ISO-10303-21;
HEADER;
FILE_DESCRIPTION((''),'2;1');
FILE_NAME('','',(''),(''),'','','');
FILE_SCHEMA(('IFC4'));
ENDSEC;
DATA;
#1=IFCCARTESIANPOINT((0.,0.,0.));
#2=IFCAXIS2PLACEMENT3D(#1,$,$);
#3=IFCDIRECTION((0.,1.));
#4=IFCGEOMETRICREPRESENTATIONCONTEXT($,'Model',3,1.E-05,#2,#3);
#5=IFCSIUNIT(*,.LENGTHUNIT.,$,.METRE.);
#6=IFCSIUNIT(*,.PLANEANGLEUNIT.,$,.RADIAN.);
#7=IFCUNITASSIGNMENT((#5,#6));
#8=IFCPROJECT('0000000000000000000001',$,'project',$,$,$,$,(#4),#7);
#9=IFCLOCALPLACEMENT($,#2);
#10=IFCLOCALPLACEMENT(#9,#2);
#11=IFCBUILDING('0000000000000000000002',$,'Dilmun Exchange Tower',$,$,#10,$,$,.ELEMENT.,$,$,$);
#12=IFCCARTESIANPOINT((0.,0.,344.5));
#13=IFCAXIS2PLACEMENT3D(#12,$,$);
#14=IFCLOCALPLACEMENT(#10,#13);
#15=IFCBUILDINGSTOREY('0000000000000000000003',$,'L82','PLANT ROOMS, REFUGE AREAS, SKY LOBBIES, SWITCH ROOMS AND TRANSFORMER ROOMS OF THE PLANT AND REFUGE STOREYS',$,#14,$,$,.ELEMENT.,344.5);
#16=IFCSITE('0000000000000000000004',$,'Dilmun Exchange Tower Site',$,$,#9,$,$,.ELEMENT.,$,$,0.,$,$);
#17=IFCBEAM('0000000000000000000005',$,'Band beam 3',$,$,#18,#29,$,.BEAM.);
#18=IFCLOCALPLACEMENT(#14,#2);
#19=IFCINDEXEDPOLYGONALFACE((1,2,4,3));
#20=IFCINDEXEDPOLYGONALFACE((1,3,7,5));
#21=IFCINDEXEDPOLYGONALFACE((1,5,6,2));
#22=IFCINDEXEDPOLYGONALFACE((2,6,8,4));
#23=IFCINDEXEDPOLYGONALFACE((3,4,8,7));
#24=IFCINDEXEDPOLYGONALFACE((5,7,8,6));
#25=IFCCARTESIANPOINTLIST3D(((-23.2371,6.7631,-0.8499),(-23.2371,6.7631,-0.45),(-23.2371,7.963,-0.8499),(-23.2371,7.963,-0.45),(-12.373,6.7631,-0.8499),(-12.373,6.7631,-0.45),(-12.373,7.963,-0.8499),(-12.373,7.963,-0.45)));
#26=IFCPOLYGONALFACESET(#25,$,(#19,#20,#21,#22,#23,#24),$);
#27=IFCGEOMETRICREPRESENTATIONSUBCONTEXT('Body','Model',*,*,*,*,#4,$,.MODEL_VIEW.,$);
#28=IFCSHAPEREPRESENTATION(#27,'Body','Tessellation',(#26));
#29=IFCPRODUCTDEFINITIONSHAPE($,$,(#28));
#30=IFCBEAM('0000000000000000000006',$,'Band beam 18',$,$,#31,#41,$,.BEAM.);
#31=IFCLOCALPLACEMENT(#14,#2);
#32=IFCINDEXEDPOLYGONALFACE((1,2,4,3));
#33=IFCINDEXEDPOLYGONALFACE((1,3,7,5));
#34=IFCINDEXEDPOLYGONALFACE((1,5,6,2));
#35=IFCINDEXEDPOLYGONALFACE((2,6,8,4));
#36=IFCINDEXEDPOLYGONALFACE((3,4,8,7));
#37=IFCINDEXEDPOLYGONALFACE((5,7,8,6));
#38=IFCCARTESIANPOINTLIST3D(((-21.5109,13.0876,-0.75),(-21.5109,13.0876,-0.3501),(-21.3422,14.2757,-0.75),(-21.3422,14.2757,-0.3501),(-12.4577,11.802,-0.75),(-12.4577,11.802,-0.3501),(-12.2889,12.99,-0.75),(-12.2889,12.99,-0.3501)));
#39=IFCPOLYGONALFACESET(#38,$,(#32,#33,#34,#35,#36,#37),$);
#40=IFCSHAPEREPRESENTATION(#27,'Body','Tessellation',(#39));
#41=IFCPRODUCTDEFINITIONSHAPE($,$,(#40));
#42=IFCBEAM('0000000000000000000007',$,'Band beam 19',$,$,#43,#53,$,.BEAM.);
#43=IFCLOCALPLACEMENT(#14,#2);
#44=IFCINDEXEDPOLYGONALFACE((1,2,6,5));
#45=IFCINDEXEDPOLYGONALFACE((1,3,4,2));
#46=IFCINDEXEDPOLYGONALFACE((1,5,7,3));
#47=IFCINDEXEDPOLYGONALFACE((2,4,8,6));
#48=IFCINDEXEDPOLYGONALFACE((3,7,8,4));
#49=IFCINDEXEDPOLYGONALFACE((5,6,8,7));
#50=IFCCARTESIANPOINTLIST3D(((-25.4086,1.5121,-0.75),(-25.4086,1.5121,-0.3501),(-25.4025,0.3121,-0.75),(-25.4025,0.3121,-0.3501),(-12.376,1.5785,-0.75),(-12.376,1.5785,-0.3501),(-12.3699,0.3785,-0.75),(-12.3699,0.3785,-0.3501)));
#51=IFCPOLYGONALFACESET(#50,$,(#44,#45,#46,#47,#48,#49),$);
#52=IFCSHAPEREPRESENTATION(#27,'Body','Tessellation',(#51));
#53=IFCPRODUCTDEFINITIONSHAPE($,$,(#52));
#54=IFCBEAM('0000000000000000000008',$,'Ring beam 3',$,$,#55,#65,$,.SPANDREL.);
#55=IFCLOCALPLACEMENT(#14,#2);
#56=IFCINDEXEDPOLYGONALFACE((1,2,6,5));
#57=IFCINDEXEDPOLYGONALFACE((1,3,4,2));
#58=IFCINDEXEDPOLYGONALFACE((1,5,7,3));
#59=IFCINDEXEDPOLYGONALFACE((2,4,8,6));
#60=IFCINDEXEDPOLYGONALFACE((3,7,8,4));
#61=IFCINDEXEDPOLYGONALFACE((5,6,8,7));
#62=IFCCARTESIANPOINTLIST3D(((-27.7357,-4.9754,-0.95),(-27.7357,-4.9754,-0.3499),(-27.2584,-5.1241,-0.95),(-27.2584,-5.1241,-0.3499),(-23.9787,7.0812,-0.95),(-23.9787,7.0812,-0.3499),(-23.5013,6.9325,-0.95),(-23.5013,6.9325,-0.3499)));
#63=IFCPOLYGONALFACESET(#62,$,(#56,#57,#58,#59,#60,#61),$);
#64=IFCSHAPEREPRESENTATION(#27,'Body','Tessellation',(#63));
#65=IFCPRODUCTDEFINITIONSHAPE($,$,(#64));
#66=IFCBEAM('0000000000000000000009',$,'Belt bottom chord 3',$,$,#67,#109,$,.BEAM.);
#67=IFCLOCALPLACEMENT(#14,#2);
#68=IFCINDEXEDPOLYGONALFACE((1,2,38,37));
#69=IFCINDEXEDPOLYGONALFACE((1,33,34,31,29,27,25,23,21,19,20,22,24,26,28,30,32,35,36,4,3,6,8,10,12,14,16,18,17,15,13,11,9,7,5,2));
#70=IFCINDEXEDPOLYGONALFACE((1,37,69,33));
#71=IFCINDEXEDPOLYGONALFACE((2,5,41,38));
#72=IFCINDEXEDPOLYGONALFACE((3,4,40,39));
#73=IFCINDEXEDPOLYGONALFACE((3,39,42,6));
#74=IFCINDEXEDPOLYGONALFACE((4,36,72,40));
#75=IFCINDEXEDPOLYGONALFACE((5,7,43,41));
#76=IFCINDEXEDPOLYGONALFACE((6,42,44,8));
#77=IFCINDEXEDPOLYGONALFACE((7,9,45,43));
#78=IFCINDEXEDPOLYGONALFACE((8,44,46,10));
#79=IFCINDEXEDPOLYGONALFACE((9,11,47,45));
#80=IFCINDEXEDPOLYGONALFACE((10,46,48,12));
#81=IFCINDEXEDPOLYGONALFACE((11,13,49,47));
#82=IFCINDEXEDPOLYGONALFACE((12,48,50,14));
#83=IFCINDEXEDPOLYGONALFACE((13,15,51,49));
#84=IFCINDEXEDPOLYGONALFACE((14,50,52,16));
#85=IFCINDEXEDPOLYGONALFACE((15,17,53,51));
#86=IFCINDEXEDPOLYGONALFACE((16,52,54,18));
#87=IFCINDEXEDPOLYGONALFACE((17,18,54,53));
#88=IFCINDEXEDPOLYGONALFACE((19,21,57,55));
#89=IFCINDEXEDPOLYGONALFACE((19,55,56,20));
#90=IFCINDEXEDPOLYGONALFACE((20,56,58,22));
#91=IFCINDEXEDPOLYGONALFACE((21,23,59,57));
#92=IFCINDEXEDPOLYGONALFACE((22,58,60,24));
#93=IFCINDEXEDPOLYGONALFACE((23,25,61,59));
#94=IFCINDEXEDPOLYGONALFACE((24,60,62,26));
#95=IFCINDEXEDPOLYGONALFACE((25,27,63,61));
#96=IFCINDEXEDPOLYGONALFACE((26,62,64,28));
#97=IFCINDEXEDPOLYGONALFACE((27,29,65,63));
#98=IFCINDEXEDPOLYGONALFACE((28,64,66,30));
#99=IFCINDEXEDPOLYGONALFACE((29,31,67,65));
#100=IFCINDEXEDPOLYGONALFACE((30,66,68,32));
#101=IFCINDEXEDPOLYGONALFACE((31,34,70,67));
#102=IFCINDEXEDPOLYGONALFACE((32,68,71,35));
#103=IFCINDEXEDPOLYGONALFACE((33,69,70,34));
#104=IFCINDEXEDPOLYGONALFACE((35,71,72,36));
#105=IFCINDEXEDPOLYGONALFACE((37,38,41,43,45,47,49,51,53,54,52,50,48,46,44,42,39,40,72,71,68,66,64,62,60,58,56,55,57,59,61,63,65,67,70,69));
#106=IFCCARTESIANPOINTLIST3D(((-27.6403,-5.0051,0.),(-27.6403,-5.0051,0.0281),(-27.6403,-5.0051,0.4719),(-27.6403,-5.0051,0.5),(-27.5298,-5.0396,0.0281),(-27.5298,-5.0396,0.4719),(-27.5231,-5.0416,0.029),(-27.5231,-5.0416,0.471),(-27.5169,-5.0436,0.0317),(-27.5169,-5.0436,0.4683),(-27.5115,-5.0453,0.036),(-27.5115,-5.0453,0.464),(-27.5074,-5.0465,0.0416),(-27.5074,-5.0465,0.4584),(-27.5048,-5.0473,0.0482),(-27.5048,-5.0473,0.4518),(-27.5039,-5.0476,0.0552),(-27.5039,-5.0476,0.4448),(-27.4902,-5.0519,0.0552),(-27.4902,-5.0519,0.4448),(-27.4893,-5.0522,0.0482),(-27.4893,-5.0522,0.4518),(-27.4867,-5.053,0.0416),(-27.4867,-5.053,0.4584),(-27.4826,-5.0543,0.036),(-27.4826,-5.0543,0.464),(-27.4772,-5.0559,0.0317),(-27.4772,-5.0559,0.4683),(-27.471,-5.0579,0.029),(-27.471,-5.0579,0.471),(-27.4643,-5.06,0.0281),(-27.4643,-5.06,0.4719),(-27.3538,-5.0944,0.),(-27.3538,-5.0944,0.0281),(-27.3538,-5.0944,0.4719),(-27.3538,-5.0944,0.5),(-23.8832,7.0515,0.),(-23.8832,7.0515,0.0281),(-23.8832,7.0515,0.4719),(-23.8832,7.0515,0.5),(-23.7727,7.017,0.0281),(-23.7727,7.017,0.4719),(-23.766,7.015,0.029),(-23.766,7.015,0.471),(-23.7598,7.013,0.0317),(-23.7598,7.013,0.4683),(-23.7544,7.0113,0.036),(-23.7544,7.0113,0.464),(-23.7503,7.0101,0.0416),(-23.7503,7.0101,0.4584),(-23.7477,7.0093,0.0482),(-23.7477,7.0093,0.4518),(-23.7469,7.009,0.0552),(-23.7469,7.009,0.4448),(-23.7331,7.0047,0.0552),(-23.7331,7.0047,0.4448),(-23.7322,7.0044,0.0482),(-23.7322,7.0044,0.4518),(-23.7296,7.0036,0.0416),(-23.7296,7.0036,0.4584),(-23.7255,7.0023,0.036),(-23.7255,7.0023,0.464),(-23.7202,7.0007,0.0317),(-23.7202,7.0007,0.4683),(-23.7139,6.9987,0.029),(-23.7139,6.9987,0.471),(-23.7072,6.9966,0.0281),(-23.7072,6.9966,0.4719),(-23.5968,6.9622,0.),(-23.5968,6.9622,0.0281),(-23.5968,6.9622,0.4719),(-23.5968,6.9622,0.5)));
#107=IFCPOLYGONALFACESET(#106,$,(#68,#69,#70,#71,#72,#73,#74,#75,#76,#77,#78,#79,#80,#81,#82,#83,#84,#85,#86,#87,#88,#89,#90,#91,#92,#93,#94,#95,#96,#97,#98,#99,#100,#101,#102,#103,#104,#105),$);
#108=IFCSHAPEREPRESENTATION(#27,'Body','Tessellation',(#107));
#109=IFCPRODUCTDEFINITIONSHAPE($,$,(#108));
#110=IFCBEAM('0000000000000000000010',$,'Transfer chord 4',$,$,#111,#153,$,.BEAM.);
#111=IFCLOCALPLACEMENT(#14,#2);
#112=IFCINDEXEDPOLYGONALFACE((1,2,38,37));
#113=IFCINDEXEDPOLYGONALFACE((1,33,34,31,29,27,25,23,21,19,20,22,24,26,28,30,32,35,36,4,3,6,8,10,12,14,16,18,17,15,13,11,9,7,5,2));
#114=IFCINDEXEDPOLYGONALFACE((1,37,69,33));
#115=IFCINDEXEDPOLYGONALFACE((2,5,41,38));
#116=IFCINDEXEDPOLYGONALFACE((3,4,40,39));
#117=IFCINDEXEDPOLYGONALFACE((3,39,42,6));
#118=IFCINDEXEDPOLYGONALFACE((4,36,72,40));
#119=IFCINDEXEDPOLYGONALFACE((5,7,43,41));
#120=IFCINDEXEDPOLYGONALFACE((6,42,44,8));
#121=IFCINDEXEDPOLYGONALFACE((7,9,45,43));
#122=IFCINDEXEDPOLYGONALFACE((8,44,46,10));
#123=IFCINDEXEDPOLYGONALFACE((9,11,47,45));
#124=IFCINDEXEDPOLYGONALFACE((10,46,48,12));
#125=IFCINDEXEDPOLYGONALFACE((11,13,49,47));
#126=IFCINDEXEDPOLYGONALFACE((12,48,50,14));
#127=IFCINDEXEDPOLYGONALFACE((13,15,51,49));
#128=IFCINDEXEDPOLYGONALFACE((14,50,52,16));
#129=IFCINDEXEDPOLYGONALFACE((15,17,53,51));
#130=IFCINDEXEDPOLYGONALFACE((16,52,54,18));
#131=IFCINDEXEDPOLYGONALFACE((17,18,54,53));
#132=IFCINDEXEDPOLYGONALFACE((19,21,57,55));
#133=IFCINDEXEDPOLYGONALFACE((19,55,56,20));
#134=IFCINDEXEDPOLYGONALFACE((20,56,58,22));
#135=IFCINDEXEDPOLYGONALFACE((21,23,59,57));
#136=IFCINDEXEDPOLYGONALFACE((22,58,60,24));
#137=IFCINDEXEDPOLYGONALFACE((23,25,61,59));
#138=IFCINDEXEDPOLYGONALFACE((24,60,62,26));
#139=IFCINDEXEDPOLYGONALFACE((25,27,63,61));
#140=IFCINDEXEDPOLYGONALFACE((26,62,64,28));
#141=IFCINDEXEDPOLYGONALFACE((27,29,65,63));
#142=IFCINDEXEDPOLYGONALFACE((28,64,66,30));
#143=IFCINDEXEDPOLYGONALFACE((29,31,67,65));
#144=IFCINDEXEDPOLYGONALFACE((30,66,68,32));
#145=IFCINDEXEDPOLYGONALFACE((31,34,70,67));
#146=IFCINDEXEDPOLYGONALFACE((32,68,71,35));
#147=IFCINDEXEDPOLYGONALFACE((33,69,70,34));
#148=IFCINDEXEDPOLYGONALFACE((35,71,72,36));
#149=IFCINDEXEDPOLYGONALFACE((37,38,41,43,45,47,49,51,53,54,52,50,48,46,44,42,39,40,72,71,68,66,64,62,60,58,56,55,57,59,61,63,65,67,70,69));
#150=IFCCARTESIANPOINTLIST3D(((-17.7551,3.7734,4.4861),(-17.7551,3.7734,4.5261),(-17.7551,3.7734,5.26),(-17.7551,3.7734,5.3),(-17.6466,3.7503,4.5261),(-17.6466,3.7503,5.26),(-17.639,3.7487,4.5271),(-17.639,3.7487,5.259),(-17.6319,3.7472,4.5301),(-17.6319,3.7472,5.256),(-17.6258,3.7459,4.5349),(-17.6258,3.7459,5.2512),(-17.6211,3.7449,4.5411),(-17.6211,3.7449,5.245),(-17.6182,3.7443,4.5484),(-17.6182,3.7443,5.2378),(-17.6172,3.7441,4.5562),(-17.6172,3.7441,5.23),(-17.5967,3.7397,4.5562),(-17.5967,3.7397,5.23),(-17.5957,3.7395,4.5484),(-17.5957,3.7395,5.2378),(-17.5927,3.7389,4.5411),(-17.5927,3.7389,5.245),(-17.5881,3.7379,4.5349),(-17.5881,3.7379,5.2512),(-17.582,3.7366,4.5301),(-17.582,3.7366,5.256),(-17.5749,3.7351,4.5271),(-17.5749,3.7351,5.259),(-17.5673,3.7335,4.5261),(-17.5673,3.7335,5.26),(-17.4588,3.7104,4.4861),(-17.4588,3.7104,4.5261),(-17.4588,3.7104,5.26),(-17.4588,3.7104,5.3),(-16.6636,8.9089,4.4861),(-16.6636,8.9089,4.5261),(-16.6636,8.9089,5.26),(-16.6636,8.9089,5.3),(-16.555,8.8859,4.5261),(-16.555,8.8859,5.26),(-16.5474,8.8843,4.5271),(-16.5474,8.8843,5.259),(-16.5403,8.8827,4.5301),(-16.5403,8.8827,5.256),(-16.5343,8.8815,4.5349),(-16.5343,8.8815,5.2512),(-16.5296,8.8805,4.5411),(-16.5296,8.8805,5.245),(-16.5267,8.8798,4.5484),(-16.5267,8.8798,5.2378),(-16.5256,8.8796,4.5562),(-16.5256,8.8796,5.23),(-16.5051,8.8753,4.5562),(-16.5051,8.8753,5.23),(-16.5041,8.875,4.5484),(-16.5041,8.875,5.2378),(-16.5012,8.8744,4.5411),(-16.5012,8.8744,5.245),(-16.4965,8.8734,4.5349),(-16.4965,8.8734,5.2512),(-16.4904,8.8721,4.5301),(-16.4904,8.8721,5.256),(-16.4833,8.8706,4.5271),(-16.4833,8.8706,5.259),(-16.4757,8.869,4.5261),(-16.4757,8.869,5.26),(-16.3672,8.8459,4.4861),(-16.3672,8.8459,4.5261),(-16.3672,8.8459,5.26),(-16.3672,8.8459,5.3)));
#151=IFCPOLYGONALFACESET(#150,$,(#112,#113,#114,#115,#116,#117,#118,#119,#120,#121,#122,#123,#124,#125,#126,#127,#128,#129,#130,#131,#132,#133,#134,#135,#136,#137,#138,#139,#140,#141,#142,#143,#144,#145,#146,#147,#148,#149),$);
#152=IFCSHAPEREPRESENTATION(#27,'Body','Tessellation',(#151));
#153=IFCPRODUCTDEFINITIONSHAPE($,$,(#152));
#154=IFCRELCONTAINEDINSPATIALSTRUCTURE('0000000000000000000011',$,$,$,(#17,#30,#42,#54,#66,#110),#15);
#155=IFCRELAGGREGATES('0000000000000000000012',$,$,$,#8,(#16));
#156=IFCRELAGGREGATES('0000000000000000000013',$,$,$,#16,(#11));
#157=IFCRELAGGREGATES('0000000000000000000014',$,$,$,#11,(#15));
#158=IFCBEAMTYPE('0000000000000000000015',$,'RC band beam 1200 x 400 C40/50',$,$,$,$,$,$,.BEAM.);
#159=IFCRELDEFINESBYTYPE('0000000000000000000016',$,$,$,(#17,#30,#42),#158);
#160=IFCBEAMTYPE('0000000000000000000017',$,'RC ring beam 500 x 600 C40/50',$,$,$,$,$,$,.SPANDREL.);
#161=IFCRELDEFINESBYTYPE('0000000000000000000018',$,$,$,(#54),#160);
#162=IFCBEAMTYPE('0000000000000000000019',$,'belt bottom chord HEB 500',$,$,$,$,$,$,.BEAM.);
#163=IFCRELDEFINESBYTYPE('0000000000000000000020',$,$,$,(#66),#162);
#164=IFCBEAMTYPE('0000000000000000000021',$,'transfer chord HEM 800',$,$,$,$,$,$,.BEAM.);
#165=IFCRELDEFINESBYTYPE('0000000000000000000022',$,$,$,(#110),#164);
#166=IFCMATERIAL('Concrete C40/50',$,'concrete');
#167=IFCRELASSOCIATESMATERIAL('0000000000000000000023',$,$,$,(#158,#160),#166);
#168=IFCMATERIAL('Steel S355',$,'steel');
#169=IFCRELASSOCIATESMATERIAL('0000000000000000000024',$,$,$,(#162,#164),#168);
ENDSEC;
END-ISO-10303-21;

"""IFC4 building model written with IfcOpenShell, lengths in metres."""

from ifc_helpers import new_model, si_unit, direction, frame, origin, origin_2d, place, context, subcontext, project, spatial, rectangle, i_section, extrude, material, material_profile, profile_set, type_object, element, save


model = new_model("IFC4")

# Units and contexts
model_context = context("Model", 3, precision=1e-05, world=origin(), true_north=direction((0.0, 1.0)))
body_context = subcontext(model_context, "Body", "Model", "MODEL_VIEW")
ifc_project = project(units=[si_unit("LENGTHUNIT", "METRE"), si_unit("PLANEANGLEUNIT", "RADIAN")], contexts=[model_context])

# Site, building, storey
site_placement = place(None, origin())
site = spatial("IfcSite", under=ifc_project, at=site_placement, Name="Dilmun Exchange Tower Site", CompositionType="ELEMENT", RefElevation=0.0)
building_placement = place(site_placement, origin())
building = spatial("IfcBuilding", under=site, at=building_placement, Name="Dilmun Exchange Tower", CompositionType="ELEMENT")
storey_placement = place(building_placement, frame((0.0, 0.0, 344.5)))
storey = spatial("IfcBuildingStorey", under=building, at=storey_placement, Name="L82", Description="PLANT ROOMS, REFUGE AREAS, SKY LOBBIES, SWITCH ROOMS AND TRANSFORMER ROOMS OF THE PLANT AND REFUGE STOREYS", CompositionType="ELEMENT", Elevation=344.5)

# Beams
ifc_material_1 = material(Name="Concrete C40/50", Category="concrete")
ifc_material_profile_1 = material_profile(ifc_material_1, rectangle(XDim=1.2, YDim=0.3999, at=origin_2d()), Name="1200 x 400")
ifc_profile_set_1 = profile_set([ifc_material_profile_1], Name="Concrete C40/50")
beam_type_1 = type_object("IfcBeamType", Name="RC band beam 1200 x 400 C40/50", PredefinedType="BEAM", material=ifc_profile_set_1)
beam_1_placement = place(storey_placement, frame((-23.2371, 7.363, -0.6499), z_axis=(1.0, 0.0, 0.0), x_axis=(0.0, 1.0, 0.0)))
element("IfcBeam", 1, at=beam_1_placement, inside=storey, type_object=beam_type_1, Name="Band beam 3", PredefinedType="BEAM", context=body_context, shape_type="SweptSolid", body=[
    extrude(rectangle(XDim=1.2, YDim=0.3999, at=origin_2d()), origin(), (0.0, 0.0, 1.0), 10.864),
])
beam_2_placement = place(storey_placement, frame((-21.4265, 13.6816, -0.55), z_axis=(0.990067, -0.140599, 0.0), x_axis=(0.140599, 0.990067, 0.0)))
element("IfcBeam", 2, at=beam_2_placement, inside=storey, type_object=beam_type_1, Name="Band beam 18", PredefinedType="BEAM", context=body_context, shape_type="SweptSolid", body=[
    extrude(rectangle(XDim=1.2, YDim=0.3999, at=origin_2d()), origin(), (0.0, 0.0, 1.0), 9.144),
])
beam_3_placement = place(storey_placement, frame((-25.4055, 0.9121, -0.55), z_axis=(0.999987, 0.005095, 0.0), x_axis=(-0.005095, 0.999987, 0.0)))
element("IfcBeam", 3, at=beam_3_placement, inside=storey, type_object=beam_type_1, Name="Band beam 19", PredefinedType="BEAM", context=body_context, shape_type="SweptSolid", body=[
    extrude(rectangle(XDim=1.2, YDim=0.3999, at=origin_2d()), origin(), (0.0, 0.0, 1.0), 13.0327),
])
ifc_material_profile_2 = material_profile(ifc_material_1, rectangle(XDim=0.5, YDim=0.6001, at=origin_2d()), Name="500 x 600")
ifc_profile_set_2 = profile_set([ifc_material_profile_2], Name="Concrete C40/50")
beam_type_2 = type_object("IfcBeamType", Name="RC ring beam 500 x 600 C40/50", PredefinedType="SPANDREL", material=ifc_profile_set_2)
beam_4_placement = place(storey_placement, frame((-23.74, 7.0068, -0.6499), z_axis=(-0.297509, -0.954719, 0.0), x_axis=(0.954719, -0.297509, 0.0)))
element("IfcBeam", 4, at=beam_4_placement, inside=storey, type_object=beam_type_2, Name="Ring beam 3", PredefinedType="SPANDREL", context=body_context, shape_type="SweptSolid", body=[
    extrude(rectangle(XDim=0.5, YDim=0.6001, at=origin_2d()), origin(), (0.0, 0.0, 1.0), 12.6284),
])
ifc_material_2 = material(Name="Steel S355", Category="steel")
ifc_material_profile_3 = material_profile(ifc_material_2, i_section(OverallWidth=0.3, OverallDepth=0.5, WebThickness=0.0144, FlangeThickness=0.0281, FilletRadius=0.0271, at=origin_2d()), Name="HEB 500")
ifc_profile_set_3 = profile_set([ifc_material_profile_3], Name="Steel S355")
beam_type_3 = type_object("IfcBeamType", Name="belt bottom chord HEB 500", PredefinedType="BEAM", material=ifc_profile_set_3)
beam_5_placement = place(storey_placement, frame((-23.74, 7.0068, 0.25), z_axis=(-0.297509, -0.954719, 0.0), x_axis=(0.954719, -0.297509, 0.0)))
element("IfcBeam", 5, at=beam_5_placement, inside=storey, type_object=beam_type_3, Name="Belt bottom chord 3", PredefinedType="BEAM", context=body_context, shape_type="SweptSolid", body=[
    extrude(i_section(OverallWidth=0.3, OverallDepth=0.5, WebThickness=0.0144, FlangeThickness=0.0281, FilletRadius=0.0271, at=origin_2d()), origin(), (0.0, 0.0, 1.0), 12.6284),
])
ifc_material_profile_4 = material_profile(ifc_material_2, i_section(OverallWidth=0.303, OverallDepth=0.814, WebThickness=0.021, FlangeThickness=0.04, FilletRadius=0.03, at=origin_2d()), Name="HEM 800")
ifc_profile_set_4 = profile_set([ifc_material_profile_4], Name="Steel S355")
beam_type_4 = type_object("IfcBeamType", Name="transfer chord HEM 800", PredefinedType="BEAM", material=ifc_profile_set_4)
beam_6_placement = place(storey_placement, frame((-16.5154, 8.8774, 4.8931), z_axis=(-0.207906, -0.978149, 0.0), x_axis=(0.978149, -0.207906, 0.0)))
element("IfcBeam", 6, at=beam_6_placement, inside=storey, type_object=beam_type_4, Name="Transfer chord 4", PredefinedType="BEAM", context=body_context, shape_type="SweptSolid", body=[
    extrude(i_section(OverallWidth=0.303, OverallDepth=0.814, WebThickness=0.021, FlangeThickness=0.04, FilletRadius=0.03, at=origin_2d()), origin(), (0.0, 0.0, 1.0), 5.2502),
])

save(model, "model.ifc")
